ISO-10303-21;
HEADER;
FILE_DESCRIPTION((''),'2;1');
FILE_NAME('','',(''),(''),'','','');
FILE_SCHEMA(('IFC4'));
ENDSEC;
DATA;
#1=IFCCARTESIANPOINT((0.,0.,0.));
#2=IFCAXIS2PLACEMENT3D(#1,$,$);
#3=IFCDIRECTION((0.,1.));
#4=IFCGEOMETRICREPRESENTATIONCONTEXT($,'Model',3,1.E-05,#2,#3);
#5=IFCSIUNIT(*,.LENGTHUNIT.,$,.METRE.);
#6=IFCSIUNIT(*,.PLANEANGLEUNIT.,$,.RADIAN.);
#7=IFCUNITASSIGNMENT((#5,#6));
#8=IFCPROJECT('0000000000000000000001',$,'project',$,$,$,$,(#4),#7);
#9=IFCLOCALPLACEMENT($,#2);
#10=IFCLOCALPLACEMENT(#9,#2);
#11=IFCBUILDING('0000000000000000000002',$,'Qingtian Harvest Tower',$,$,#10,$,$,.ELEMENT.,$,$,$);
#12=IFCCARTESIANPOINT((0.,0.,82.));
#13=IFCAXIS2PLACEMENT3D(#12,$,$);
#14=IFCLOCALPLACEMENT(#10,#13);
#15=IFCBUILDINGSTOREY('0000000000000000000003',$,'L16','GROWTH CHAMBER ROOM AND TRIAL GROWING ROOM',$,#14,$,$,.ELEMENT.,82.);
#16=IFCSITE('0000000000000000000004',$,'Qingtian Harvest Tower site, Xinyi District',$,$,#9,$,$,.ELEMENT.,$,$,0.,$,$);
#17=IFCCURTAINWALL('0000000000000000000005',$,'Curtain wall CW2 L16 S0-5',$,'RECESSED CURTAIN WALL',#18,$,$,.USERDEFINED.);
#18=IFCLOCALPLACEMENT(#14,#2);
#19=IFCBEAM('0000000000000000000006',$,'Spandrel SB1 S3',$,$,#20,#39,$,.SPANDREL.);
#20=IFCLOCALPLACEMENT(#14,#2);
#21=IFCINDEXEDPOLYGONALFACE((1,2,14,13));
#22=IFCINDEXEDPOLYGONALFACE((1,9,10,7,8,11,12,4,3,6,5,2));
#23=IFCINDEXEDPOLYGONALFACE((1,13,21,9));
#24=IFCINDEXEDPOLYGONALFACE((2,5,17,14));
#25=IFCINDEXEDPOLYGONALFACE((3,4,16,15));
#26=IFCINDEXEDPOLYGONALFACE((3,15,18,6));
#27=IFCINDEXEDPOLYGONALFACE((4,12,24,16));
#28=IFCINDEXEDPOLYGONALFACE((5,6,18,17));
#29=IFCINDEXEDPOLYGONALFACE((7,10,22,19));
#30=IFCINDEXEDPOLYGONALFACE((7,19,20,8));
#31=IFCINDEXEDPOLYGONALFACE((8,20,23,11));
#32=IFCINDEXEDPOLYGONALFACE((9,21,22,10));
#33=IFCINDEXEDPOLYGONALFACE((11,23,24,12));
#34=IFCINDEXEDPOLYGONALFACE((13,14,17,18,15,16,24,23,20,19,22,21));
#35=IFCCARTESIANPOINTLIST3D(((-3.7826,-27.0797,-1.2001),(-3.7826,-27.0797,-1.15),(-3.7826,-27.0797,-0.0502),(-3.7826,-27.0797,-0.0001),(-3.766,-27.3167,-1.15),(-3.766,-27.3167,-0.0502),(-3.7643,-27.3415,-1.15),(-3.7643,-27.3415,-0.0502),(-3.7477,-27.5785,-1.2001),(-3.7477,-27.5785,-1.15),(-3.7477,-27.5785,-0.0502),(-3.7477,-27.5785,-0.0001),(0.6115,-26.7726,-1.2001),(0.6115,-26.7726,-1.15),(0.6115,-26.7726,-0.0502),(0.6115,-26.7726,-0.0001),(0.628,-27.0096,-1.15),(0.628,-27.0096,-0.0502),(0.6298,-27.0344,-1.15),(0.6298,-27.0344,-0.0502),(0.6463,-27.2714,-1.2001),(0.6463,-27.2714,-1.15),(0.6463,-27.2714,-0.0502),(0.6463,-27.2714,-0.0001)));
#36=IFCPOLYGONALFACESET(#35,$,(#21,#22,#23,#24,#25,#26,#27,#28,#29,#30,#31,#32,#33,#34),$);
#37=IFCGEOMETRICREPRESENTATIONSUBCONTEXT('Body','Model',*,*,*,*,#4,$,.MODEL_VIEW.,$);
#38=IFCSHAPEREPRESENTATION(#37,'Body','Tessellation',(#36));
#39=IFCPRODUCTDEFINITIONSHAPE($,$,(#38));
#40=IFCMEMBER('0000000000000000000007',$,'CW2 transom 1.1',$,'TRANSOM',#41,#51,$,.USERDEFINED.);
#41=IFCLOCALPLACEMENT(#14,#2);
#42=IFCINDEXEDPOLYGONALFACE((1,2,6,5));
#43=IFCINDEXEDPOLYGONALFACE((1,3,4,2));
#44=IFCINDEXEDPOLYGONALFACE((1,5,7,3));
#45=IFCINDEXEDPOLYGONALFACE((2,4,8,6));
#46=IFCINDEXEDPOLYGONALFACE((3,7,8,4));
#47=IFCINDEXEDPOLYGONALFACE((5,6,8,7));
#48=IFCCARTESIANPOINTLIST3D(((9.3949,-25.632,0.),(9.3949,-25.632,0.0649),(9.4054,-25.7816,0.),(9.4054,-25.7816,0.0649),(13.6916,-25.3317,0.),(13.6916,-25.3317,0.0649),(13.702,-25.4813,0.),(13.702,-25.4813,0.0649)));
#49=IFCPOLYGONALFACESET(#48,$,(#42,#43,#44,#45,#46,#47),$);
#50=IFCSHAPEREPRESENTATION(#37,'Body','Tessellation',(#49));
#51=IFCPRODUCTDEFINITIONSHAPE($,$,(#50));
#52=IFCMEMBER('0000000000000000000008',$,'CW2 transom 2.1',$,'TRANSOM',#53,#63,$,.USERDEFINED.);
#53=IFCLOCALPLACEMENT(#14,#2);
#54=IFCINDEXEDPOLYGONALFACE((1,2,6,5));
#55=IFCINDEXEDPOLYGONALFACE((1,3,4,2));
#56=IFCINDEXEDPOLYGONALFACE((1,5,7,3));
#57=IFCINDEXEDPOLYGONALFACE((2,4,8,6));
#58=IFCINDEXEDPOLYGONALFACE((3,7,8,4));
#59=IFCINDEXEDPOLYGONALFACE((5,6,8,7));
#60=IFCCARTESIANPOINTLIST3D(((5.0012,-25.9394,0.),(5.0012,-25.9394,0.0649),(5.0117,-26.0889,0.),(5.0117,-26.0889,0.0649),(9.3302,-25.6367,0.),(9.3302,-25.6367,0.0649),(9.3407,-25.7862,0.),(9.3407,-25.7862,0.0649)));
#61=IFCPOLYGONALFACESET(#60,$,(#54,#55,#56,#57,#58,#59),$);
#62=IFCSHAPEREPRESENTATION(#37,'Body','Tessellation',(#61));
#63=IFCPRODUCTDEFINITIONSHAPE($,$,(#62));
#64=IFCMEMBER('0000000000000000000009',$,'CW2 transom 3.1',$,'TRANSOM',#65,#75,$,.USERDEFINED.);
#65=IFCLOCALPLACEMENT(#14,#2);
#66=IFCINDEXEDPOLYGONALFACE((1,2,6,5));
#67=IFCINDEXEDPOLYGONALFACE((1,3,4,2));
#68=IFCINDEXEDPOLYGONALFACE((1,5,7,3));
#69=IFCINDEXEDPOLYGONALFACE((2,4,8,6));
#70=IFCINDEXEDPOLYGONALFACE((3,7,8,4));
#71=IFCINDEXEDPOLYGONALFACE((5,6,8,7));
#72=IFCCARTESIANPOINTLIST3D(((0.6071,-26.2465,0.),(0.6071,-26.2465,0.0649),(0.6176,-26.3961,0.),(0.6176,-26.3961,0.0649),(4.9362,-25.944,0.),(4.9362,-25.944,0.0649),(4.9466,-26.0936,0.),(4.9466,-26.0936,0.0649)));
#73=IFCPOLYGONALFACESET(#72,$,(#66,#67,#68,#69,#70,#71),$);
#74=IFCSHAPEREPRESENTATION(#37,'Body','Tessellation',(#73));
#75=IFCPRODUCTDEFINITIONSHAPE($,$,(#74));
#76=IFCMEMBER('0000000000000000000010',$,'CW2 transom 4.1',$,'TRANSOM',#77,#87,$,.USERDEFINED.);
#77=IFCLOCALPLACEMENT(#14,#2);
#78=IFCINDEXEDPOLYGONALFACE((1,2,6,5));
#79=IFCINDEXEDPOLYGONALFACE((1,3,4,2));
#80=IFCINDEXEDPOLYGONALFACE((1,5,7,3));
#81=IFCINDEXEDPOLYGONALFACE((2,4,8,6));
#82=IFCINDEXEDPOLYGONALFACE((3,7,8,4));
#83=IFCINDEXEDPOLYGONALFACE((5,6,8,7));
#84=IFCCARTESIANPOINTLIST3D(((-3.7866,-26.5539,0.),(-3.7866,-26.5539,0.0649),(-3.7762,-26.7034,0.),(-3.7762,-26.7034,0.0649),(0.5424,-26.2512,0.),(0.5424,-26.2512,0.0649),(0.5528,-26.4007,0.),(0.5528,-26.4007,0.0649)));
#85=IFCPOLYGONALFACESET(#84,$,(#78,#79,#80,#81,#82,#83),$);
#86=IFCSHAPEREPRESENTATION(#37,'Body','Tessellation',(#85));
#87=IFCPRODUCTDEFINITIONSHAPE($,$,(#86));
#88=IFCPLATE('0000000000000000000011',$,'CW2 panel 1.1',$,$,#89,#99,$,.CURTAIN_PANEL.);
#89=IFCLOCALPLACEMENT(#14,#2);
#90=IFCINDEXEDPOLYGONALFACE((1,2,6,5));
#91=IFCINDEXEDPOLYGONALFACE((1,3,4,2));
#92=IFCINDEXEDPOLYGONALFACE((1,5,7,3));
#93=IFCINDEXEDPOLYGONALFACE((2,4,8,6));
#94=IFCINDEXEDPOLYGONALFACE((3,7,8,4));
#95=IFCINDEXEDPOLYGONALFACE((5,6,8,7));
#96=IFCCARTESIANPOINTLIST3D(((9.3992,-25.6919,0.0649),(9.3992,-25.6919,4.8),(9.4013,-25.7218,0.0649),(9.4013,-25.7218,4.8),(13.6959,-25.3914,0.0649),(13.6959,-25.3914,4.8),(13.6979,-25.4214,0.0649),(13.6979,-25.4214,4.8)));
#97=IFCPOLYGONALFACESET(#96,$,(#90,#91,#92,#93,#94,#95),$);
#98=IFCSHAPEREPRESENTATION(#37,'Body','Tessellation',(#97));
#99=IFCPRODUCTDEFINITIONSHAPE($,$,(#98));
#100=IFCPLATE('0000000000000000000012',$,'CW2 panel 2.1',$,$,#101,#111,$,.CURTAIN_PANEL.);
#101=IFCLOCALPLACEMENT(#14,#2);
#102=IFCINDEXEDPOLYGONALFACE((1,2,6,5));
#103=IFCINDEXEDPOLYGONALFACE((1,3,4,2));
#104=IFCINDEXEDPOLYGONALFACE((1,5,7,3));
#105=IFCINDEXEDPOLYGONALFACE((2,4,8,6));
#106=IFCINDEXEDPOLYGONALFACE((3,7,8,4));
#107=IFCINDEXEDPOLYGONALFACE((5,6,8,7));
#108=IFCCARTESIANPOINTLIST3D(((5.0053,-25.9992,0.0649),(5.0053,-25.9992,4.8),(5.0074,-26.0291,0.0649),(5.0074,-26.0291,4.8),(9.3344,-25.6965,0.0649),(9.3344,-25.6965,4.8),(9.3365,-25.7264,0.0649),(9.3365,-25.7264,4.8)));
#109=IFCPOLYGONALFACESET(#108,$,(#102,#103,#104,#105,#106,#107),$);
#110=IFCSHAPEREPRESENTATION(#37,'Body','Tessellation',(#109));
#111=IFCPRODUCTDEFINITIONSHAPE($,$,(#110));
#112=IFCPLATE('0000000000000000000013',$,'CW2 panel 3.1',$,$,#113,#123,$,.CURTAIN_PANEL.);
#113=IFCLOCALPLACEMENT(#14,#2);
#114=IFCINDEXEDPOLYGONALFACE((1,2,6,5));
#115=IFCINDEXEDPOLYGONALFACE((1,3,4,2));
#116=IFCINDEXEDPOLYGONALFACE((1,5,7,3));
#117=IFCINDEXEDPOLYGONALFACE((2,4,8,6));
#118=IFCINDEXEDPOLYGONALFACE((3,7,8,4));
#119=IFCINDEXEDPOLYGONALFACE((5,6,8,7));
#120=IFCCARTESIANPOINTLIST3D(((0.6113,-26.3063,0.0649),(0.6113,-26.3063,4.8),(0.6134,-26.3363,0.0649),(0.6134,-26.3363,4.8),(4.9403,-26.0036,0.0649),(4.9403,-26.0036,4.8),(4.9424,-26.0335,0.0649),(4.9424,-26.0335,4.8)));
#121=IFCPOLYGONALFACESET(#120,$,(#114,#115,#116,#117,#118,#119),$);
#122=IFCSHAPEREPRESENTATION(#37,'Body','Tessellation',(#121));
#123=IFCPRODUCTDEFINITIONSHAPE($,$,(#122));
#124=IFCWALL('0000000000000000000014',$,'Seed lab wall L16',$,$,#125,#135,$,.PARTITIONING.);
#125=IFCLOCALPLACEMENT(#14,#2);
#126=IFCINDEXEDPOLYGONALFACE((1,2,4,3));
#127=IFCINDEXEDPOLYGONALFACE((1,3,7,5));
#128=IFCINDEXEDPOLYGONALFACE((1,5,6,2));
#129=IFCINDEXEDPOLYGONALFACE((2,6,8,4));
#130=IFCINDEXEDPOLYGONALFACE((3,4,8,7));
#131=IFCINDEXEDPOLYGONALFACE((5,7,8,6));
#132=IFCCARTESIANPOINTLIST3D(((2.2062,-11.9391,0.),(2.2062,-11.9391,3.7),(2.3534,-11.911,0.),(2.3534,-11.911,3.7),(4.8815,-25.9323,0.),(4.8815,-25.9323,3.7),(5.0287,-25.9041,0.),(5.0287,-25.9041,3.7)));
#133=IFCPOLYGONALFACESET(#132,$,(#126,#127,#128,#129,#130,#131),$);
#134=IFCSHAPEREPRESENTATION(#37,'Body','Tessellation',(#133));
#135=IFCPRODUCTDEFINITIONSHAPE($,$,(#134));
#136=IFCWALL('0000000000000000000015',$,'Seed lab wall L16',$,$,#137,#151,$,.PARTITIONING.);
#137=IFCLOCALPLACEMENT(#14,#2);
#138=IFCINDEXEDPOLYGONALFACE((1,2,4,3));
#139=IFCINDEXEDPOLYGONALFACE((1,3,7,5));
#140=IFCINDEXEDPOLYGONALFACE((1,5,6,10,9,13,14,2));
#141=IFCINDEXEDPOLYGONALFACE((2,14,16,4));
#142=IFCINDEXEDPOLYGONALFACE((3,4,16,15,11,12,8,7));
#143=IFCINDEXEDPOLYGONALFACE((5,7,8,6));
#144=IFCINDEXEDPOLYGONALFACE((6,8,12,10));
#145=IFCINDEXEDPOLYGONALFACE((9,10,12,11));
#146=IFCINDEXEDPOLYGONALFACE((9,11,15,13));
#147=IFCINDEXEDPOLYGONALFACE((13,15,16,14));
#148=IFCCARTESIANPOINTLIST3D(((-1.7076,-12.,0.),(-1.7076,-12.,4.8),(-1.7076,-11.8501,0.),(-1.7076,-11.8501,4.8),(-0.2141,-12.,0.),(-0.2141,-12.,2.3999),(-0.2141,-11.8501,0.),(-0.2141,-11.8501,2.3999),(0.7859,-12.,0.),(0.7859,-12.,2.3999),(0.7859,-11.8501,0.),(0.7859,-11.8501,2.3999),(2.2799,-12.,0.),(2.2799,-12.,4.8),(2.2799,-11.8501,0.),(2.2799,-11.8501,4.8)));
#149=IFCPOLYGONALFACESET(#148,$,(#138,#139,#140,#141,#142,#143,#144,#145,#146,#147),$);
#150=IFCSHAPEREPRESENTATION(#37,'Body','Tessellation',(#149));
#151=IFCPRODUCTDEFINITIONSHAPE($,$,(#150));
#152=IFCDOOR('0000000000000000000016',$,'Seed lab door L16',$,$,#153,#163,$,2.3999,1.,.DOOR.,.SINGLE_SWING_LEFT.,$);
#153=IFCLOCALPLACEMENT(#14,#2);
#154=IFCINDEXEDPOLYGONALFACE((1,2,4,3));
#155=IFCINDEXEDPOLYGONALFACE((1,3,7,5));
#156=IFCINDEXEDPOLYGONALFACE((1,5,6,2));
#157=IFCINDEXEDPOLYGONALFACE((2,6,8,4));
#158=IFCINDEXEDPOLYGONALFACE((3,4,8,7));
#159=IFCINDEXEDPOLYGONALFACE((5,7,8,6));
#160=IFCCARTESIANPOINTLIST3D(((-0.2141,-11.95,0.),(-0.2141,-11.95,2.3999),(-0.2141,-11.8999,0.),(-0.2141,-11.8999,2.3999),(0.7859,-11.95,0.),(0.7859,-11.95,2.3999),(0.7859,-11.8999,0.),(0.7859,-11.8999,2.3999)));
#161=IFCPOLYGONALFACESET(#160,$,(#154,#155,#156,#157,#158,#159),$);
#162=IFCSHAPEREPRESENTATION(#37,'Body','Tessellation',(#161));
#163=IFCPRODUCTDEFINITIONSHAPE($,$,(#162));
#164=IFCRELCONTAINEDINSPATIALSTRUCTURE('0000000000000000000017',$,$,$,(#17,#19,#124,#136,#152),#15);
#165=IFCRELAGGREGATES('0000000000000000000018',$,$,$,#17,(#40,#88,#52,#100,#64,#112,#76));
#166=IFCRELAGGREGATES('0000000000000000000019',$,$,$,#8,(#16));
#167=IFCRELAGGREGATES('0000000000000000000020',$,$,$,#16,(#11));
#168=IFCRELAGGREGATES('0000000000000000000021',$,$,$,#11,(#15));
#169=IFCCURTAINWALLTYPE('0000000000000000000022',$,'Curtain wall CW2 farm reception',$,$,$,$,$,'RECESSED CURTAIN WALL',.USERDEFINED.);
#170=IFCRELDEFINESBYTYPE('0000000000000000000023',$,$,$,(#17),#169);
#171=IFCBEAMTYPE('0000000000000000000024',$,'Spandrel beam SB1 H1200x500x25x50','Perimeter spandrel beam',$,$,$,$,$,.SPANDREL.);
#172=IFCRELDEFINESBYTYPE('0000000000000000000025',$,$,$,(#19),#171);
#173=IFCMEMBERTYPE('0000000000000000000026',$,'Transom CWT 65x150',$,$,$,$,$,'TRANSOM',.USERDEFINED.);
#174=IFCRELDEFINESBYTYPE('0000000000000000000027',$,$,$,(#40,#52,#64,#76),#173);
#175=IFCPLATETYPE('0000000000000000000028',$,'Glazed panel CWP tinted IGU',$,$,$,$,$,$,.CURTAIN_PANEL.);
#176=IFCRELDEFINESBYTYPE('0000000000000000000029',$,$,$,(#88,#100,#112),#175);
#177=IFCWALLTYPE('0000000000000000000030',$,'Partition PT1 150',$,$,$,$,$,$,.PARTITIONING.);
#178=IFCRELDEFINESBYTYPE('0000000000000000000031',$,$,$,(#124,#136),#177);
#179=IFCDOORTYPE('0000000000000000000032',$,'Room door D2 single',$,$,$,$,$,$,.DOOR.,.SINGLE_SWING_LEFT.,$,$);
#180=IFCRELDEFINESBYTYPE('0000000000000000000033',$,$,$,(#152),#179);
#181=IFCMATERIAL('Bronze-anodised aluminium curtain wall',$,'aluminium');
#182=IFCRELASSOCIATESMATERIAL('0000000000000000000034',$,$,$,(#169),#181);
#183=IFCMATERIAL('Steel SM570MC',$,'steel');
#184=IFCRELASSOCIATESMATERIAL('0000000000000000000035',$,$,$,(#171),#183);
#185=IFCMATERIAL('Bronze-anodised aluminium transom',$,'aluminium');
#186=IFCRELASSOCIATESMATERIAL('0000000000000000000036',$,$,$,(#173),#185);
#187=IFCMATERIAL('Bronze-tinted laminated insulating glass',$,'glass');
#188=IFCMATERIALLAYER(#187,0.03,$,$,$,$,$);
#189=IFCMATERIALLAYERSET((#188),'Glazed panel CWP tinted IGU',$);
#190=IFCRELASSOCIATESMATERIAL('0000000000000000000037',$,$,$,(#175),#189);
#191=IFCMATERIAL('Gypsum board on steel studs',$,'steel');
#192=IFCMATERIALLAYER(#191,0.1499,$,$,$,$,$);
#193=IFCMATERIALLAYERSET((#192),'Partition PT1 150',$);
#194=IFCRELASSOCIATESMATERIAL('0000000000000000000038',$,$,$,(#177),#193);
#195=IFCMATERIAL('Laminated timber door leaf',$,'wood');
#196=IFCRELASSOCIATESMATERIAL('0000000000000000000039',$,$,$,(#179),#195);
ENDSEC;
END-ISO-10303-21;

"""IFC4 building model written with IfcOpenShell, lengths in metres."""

from ifc_helpers import new_model, si_unit, direction, frame, frame_2d, origin, origin_2d, place, context, subcontext, project, spatial, rectangle, i_section, extrude, material, layer, layer_set, material_profile, profile_set, type_object, element, fill, aggregate, save


model = new_model("IFC4")

# Units and contexts
model_context = context("Model", 3, precision=1e-05, world=origin(), true_north=direction((0.0, 1.0)))
body_context = subcontext(model_context, "Body", "Model", "MODEL_VIEW")
ifc_project = project(units=[si_unit("LENGTHUNIT", "METRE"), si_unit("PLANEANGLEUNIT", "RADIAN")], contexts=[model_context])

# Site, building, storey
site_placement = place(None, origin())
site = spatial("IfcSite", under=ifc_project, at=site_placement, Name="Qingtian Harvest Tower site, Xinyi District", CompositionType="ELEMENT", RefElevation=0.0)
building_placement = place(site_placement, origin())
building = spatial("IfcBuilding", under=site, at=building_placement, Name="Qingtian Harvest Tower", CompositionType="ELEMENT")
storey_placement = place(building_placement, frame((0.0, 0.0, 82.0)))
storey = spatial("IfcBuildingStorey", under=building, at=storey_placement, Name="L16", Description="GROWTH CHAMBER ROOM AND TRIAL GROWING ROOM", CompositionType="ELEMENT", Elevation=82.0)

# Shared definitions
ifc_material_1 = material(Name="Bronze-anodised aluminium curtain wall", Category="aluminium")
curtain_wall_type = type_object("IfcCurtainWallType", Name="Curtain wall CW2 farm reception", ElementType="RECESSED CURTAIN WALL", PredefinedType="USERDEFINED", material=ifc_material_1)

# Curtain wall
curtain_wall_1_placement = place(storey_placement, origin())
curtain_wall_1 = element("IfcCurtainWall", 1, at=curtain_wall_1_placement, inside=storey, type_object=curtain_wall_type, Name="Curtain wall CW2 L16 S0-5", ObjectType="RECESSED CURTAIN WALL", PredefinedType="USERDEFINED")

# Beam
ifc_material_2 = material(Name="Steel SM570MC", Category="steel")
ifc_material_profile_1 = material_profile(ifc_material_2, i_section(OverallWidth=0.5, OverallDepth=1.2, WebThickness=0.0249, FlangeThickness=0.05, at=origin_2d()), Name="H1200x500x25x50")
ifc_profile_set_1 = profile_set([ifc_material_profile_1], Name="Steel SM570MC")
beam_type_1 = type_object("IfcBeamType", Name="Spandrel beam SB1 H1200x500x25x50", Description="Perimeter spandrel beam", PredefinedType="SPANDREL", material=ifc_profile_set_1)
beam_1_placement = place(storey_placement, frame((0.6289, -27.022, -0.6001), z_axis=(-0.997566, -0.069727, 0.0), x_axis=(0.069727, -0.997566, 0.0)))
element("IfcBeam", 2, at=beam_1_placement, inside=storey, type_object=beam_type_1, Name="Spandrel SB1 S3", PredefinedType="SPANDREL", context=body_context, shape_type="SweptSolid", body=[
    extrude(i_section(OverallWidth=0.5, OverallDepth=1.2, WebThickness=0.0249, FlangeThickness=0.05, at=origin_2d()), origin(), (0.0, 0.0, 1.0), 4.4048),
])

# Members
ifc_material_3 = material(Name="Bronze-anodised aluminium transom", Category="aluminium")
ifc_material_profile_2 = material_profile(ifc_material_3, rectangle(XDim=0.1499, YDim=0.0649, at=origin_2d()), Name="AL 65x150")
ifc_profile_set_2 = profile_set([ifc_material_profile_2], Name="Bronze-anodised aluminium transom")
member_type_1 = type_object("IfcMemberType", Name="Transom CWT 65x150", ElementType="TRANSOM", PredefinedType="USERDEFINED", material=ifc_profile_set_2)
member_1_placement = place(storey_placement, frame((13.6968, -25.4065, 0.0325), z_axis=(-0.997567, -0.06972, 0.0), x_axis=(0.06972, -0.997567, 0.0)))
member_1 = element("IfcMember", 3, at=member_1_placement, type_object=member_type_1, Name="CW2 transom 1.1", ObjectType="TRANSOM", PredefinedType="USERDEFINED", context=body_context, shape_type="SweptSolid", body=[
    extrude(rectangle(XDim=0.1499, YDim=0.0649, at=origin_2d()), origin(), (0.0, 0.0, 1.0), 4.3071),
])
member_2_placement = place(storey_placement, frame((9.3354, -25.7114, 0.0325), z_axis=(-0.997564, -0.06976, 0.0), x_axis=(0.06976, -0.997564, 0.0)))
member_2 = element("IfcMember", 4, at=member_2_placement, type_object=member_type_1, Name="CW2 transom 2.1", ObjectType="TRANSOM", PredefinedType="USERDEFINED", context=body_context, shape_type="SweptSolid", body=[
    extrude(rectangle(XDim=0.1499, YDim=0.0649, at=origin_2d()), origin(), (0.0, 0.0, 1.0), 4.3396),
])
member_3_placement = place(storey_placement, frame((4.9414, -26.0188, 0.0325), z_axis=(-0.997568, -0.069704, 0.0), x_axis=(0.069704, -0.997568, 0.0)))
member_3 = element("IfcMember", 5, at=member_3_placement, type_object=member_type_1, Name="CW2 transom 3.1", ObjectType="TRANSOM", PredefinedType="USERDEFINED", context=body_context, shape_type="SweptSolid", body=[
    extrude(rectangle(XDim=0.1499, YDim=0.0649, at=origin_2d()), origin(), (0.0, 0.0, 1.0), 4.3396),
])
member_4_placement = place(storey_placement, frame((0.5476, -26.3259, 0.0325), z_axis=(-0.997564, -0.06976, 0.0), x_axis=(0.06976, -0.997564, 0.0)))
member_4 = element("IfcMember", 6, at=member_4_placement, type_object=member_type_1, Name="CW2 transom 4.1", ObjectType="TRANSOM", PredefinedType="USERDEFINED", context=body_context, shape_type="SweptSolid", body=[
    extrude(rectangle(XDim=0.1499, YDim=0.0649, at=origin_2d()), origin(), (0.0, 0.0, 1.0), 4.3396),
])

# Plates
ifc_material_4 = material(Name="Bronze-tinted laminated insulating glass", Category="glass")
ifc_layer_1 = layer(ifc_material_4, 0.03)
ifc_layer_set_1 = layer_set([ifc_layer_1], Name="Glazed panel CWP tinted IGU")
plate_type = type_object("IfcPlateType", Name="Glazed panel CWP tinted IGU", PredefinedType="CURTAIN_PANEL", material=ifc_layer_set_1)
plate_1_placement = place(storey_placement, frame((11.5486, -25.5566, 0.0649), z_axis=(0.0, 0.0, 1.0), x_axis=(-0.997564, -0.069756, 0.0)))
plate_1 = element("IfcPlate", 7, at=plate_1_placement, type_object=plate_type, Name="CW2 panel 1.1", PredefinedType="CURTAIN_PANEL", context=body_context, shape_type="SweptSolid", body=[
    extrude(rectangle(XDim=4.3071, YDim=0.03, at=origin_2d()), origin(), (0.0, 0.0, 1.0), 4.7351),
])
plate_2_placement = place(storey_placement, frame((7.1709, -25.8628, 0.0649), z_axis=(0.0, 0.0, 1.0), x_axis=(-0.997564, -0.069756, 0.0)))
plate_2 = element("IfcPlate", 8, at=plate_2_placement, type_object=plate_type, Name="CW2 panel 2.1", PredefinedType="CURTAIN_PANEL", context=body_context, shape_type="SweptSolid", body=[
    extrude(rectangle(XDim=4.3396, YDim=0.03, at=origin_2d()), origin(), (0.0, 0.0, 1.0), 4.7351),
])
plate_3_placement = place(storey_placement, frame((2.7769, -26.1699, 0.0649), z_axis=(0.0, 0.0, 1.0), x_axis=(-0.997564, -0.069756, 0.0)))
plate_3 = element("IfcPlate", 9, at=plate_3_placement, type_object=plate_type, Name="CW2 panel 3.1", PredefinedType="CURTAIN_PANEL", context=body_context, shape_type="SweptSolid", body=[
    extrude(rectangle(XDim=4.3396, YDim=0.03, at=origin_2d()), origin(), (0.0, 0.0, 1.0), 4.7351),
])
aggregate(curtain_wall_1, [member_1, plate_1, member_2, plate_2, member_3, plate_3, member_4])

# Wall
ifc_material_5 = material(Name="Gypsum board on steel studs", Category="steel")
ifc_layer_2 = layer(ifc_material_5, 0.1499)
ifc_layer_set_2 = layer_set([ifc_layer_2], Name="Partition PT1 150")
wall_type = type_object("IfcWallType", Name="Partition PT1 150", PredefinedType="PARTITIONING", material=ifc_layer_set_2)
wall_1_placement = place(storey_placement, frame((4.9551, -25.9182, 0.0), z_axis=(0.0, 0.0, 1.0), x_axis=(-0.187785, 0.98221, 0.0)))
element("IfcWall", 10, at=wall_1_placement, inside=storey, type_object=wall_type, Name="Seed lab wall L16", PredefinedType="PARTITIONING", context=body_context, shape_type="SweptSolid", body=[
    extrude(rectangle(XDim=14.2466, YDim=0.1499, at=frame_2d((7.1233, 0.0))), origin(), (0.0, 0.0, 1.0), 3.7),
])

# Wall, opening, door
wall_2_placement = place(storey_placement, frame((2.2798, -11.925, 0.0), z_axis=(0.0, 0.0, 1.0), x_axis=(-1.0, 0.0, 0.0)))
wall_2 = element("IfcWall", 11, at=wall_2_placement, inside=storey, type_object=wall_type, Name="Seed lab wall L16", PredefinedType="PARTITIONING", context=body_context, shape_type="SweptSolid", body=[
    extrude(rectangle(XDim=3.9875, YDim=0.1499, at=frame_2d((1.9937, 0.0))), origin(), (0.0, 0.0, 1.0), 4.8),
])
opening_placement = place(wall_2_placement, frame((1.4939, 0.0, 0.0)))
opening = element("IfcOpeningElement", 12, at=opening_placement, cuts=wall_2, PredefinedType="OPENING", context=body_context, shape_type="SweptSolid", body=[
    extrude(rectangle(XDim=1.0, YDim=2.3999, at=frame_2d((0.5, 1.2))), frame((0.0, 0.085, 0.0), z_axis=(0.0, -1.0, 0.0), x_axis=(1.0, 0.0, 0.0)), (0.0, 0.0, 1.0), 0.1699),
])
ifc_material_6 = material(Name="Laminated timber door leaf", Category="wood")
door_type = type_object("IfcDoorType", Name="Room door D2 single", OperationType="SINGLE_SWING_LEFT", PredefinedType="DOOR", material=ifc_material_6)
door_placement = place(opening_placement, origin())
door = element("IfcDoor", 13, at=door_placement, inside=storey, type_object=door_type, Name="Seed lab door L16", OperationType="SINGLE_SWING_LEFT", OverallHeight=2.3999, OverallWidth=1.0, PredefinedType="DOOR", context=body_context, shape_type="SweptSolid", body=[
    extrude(rectangle(XDim=1.0, YDim=2.3999, at=frame_2d((0.5, 1.2))), frame((0.0, 0.0249, 0.0), z_axis=(0.0, -1.0, 0.0), x_axis=(1.0, 0.0, 0.0)), (0.0, 0.0, 1.0), 0.05),
])
fill(opening, door)

save(model, "model.ifc")
